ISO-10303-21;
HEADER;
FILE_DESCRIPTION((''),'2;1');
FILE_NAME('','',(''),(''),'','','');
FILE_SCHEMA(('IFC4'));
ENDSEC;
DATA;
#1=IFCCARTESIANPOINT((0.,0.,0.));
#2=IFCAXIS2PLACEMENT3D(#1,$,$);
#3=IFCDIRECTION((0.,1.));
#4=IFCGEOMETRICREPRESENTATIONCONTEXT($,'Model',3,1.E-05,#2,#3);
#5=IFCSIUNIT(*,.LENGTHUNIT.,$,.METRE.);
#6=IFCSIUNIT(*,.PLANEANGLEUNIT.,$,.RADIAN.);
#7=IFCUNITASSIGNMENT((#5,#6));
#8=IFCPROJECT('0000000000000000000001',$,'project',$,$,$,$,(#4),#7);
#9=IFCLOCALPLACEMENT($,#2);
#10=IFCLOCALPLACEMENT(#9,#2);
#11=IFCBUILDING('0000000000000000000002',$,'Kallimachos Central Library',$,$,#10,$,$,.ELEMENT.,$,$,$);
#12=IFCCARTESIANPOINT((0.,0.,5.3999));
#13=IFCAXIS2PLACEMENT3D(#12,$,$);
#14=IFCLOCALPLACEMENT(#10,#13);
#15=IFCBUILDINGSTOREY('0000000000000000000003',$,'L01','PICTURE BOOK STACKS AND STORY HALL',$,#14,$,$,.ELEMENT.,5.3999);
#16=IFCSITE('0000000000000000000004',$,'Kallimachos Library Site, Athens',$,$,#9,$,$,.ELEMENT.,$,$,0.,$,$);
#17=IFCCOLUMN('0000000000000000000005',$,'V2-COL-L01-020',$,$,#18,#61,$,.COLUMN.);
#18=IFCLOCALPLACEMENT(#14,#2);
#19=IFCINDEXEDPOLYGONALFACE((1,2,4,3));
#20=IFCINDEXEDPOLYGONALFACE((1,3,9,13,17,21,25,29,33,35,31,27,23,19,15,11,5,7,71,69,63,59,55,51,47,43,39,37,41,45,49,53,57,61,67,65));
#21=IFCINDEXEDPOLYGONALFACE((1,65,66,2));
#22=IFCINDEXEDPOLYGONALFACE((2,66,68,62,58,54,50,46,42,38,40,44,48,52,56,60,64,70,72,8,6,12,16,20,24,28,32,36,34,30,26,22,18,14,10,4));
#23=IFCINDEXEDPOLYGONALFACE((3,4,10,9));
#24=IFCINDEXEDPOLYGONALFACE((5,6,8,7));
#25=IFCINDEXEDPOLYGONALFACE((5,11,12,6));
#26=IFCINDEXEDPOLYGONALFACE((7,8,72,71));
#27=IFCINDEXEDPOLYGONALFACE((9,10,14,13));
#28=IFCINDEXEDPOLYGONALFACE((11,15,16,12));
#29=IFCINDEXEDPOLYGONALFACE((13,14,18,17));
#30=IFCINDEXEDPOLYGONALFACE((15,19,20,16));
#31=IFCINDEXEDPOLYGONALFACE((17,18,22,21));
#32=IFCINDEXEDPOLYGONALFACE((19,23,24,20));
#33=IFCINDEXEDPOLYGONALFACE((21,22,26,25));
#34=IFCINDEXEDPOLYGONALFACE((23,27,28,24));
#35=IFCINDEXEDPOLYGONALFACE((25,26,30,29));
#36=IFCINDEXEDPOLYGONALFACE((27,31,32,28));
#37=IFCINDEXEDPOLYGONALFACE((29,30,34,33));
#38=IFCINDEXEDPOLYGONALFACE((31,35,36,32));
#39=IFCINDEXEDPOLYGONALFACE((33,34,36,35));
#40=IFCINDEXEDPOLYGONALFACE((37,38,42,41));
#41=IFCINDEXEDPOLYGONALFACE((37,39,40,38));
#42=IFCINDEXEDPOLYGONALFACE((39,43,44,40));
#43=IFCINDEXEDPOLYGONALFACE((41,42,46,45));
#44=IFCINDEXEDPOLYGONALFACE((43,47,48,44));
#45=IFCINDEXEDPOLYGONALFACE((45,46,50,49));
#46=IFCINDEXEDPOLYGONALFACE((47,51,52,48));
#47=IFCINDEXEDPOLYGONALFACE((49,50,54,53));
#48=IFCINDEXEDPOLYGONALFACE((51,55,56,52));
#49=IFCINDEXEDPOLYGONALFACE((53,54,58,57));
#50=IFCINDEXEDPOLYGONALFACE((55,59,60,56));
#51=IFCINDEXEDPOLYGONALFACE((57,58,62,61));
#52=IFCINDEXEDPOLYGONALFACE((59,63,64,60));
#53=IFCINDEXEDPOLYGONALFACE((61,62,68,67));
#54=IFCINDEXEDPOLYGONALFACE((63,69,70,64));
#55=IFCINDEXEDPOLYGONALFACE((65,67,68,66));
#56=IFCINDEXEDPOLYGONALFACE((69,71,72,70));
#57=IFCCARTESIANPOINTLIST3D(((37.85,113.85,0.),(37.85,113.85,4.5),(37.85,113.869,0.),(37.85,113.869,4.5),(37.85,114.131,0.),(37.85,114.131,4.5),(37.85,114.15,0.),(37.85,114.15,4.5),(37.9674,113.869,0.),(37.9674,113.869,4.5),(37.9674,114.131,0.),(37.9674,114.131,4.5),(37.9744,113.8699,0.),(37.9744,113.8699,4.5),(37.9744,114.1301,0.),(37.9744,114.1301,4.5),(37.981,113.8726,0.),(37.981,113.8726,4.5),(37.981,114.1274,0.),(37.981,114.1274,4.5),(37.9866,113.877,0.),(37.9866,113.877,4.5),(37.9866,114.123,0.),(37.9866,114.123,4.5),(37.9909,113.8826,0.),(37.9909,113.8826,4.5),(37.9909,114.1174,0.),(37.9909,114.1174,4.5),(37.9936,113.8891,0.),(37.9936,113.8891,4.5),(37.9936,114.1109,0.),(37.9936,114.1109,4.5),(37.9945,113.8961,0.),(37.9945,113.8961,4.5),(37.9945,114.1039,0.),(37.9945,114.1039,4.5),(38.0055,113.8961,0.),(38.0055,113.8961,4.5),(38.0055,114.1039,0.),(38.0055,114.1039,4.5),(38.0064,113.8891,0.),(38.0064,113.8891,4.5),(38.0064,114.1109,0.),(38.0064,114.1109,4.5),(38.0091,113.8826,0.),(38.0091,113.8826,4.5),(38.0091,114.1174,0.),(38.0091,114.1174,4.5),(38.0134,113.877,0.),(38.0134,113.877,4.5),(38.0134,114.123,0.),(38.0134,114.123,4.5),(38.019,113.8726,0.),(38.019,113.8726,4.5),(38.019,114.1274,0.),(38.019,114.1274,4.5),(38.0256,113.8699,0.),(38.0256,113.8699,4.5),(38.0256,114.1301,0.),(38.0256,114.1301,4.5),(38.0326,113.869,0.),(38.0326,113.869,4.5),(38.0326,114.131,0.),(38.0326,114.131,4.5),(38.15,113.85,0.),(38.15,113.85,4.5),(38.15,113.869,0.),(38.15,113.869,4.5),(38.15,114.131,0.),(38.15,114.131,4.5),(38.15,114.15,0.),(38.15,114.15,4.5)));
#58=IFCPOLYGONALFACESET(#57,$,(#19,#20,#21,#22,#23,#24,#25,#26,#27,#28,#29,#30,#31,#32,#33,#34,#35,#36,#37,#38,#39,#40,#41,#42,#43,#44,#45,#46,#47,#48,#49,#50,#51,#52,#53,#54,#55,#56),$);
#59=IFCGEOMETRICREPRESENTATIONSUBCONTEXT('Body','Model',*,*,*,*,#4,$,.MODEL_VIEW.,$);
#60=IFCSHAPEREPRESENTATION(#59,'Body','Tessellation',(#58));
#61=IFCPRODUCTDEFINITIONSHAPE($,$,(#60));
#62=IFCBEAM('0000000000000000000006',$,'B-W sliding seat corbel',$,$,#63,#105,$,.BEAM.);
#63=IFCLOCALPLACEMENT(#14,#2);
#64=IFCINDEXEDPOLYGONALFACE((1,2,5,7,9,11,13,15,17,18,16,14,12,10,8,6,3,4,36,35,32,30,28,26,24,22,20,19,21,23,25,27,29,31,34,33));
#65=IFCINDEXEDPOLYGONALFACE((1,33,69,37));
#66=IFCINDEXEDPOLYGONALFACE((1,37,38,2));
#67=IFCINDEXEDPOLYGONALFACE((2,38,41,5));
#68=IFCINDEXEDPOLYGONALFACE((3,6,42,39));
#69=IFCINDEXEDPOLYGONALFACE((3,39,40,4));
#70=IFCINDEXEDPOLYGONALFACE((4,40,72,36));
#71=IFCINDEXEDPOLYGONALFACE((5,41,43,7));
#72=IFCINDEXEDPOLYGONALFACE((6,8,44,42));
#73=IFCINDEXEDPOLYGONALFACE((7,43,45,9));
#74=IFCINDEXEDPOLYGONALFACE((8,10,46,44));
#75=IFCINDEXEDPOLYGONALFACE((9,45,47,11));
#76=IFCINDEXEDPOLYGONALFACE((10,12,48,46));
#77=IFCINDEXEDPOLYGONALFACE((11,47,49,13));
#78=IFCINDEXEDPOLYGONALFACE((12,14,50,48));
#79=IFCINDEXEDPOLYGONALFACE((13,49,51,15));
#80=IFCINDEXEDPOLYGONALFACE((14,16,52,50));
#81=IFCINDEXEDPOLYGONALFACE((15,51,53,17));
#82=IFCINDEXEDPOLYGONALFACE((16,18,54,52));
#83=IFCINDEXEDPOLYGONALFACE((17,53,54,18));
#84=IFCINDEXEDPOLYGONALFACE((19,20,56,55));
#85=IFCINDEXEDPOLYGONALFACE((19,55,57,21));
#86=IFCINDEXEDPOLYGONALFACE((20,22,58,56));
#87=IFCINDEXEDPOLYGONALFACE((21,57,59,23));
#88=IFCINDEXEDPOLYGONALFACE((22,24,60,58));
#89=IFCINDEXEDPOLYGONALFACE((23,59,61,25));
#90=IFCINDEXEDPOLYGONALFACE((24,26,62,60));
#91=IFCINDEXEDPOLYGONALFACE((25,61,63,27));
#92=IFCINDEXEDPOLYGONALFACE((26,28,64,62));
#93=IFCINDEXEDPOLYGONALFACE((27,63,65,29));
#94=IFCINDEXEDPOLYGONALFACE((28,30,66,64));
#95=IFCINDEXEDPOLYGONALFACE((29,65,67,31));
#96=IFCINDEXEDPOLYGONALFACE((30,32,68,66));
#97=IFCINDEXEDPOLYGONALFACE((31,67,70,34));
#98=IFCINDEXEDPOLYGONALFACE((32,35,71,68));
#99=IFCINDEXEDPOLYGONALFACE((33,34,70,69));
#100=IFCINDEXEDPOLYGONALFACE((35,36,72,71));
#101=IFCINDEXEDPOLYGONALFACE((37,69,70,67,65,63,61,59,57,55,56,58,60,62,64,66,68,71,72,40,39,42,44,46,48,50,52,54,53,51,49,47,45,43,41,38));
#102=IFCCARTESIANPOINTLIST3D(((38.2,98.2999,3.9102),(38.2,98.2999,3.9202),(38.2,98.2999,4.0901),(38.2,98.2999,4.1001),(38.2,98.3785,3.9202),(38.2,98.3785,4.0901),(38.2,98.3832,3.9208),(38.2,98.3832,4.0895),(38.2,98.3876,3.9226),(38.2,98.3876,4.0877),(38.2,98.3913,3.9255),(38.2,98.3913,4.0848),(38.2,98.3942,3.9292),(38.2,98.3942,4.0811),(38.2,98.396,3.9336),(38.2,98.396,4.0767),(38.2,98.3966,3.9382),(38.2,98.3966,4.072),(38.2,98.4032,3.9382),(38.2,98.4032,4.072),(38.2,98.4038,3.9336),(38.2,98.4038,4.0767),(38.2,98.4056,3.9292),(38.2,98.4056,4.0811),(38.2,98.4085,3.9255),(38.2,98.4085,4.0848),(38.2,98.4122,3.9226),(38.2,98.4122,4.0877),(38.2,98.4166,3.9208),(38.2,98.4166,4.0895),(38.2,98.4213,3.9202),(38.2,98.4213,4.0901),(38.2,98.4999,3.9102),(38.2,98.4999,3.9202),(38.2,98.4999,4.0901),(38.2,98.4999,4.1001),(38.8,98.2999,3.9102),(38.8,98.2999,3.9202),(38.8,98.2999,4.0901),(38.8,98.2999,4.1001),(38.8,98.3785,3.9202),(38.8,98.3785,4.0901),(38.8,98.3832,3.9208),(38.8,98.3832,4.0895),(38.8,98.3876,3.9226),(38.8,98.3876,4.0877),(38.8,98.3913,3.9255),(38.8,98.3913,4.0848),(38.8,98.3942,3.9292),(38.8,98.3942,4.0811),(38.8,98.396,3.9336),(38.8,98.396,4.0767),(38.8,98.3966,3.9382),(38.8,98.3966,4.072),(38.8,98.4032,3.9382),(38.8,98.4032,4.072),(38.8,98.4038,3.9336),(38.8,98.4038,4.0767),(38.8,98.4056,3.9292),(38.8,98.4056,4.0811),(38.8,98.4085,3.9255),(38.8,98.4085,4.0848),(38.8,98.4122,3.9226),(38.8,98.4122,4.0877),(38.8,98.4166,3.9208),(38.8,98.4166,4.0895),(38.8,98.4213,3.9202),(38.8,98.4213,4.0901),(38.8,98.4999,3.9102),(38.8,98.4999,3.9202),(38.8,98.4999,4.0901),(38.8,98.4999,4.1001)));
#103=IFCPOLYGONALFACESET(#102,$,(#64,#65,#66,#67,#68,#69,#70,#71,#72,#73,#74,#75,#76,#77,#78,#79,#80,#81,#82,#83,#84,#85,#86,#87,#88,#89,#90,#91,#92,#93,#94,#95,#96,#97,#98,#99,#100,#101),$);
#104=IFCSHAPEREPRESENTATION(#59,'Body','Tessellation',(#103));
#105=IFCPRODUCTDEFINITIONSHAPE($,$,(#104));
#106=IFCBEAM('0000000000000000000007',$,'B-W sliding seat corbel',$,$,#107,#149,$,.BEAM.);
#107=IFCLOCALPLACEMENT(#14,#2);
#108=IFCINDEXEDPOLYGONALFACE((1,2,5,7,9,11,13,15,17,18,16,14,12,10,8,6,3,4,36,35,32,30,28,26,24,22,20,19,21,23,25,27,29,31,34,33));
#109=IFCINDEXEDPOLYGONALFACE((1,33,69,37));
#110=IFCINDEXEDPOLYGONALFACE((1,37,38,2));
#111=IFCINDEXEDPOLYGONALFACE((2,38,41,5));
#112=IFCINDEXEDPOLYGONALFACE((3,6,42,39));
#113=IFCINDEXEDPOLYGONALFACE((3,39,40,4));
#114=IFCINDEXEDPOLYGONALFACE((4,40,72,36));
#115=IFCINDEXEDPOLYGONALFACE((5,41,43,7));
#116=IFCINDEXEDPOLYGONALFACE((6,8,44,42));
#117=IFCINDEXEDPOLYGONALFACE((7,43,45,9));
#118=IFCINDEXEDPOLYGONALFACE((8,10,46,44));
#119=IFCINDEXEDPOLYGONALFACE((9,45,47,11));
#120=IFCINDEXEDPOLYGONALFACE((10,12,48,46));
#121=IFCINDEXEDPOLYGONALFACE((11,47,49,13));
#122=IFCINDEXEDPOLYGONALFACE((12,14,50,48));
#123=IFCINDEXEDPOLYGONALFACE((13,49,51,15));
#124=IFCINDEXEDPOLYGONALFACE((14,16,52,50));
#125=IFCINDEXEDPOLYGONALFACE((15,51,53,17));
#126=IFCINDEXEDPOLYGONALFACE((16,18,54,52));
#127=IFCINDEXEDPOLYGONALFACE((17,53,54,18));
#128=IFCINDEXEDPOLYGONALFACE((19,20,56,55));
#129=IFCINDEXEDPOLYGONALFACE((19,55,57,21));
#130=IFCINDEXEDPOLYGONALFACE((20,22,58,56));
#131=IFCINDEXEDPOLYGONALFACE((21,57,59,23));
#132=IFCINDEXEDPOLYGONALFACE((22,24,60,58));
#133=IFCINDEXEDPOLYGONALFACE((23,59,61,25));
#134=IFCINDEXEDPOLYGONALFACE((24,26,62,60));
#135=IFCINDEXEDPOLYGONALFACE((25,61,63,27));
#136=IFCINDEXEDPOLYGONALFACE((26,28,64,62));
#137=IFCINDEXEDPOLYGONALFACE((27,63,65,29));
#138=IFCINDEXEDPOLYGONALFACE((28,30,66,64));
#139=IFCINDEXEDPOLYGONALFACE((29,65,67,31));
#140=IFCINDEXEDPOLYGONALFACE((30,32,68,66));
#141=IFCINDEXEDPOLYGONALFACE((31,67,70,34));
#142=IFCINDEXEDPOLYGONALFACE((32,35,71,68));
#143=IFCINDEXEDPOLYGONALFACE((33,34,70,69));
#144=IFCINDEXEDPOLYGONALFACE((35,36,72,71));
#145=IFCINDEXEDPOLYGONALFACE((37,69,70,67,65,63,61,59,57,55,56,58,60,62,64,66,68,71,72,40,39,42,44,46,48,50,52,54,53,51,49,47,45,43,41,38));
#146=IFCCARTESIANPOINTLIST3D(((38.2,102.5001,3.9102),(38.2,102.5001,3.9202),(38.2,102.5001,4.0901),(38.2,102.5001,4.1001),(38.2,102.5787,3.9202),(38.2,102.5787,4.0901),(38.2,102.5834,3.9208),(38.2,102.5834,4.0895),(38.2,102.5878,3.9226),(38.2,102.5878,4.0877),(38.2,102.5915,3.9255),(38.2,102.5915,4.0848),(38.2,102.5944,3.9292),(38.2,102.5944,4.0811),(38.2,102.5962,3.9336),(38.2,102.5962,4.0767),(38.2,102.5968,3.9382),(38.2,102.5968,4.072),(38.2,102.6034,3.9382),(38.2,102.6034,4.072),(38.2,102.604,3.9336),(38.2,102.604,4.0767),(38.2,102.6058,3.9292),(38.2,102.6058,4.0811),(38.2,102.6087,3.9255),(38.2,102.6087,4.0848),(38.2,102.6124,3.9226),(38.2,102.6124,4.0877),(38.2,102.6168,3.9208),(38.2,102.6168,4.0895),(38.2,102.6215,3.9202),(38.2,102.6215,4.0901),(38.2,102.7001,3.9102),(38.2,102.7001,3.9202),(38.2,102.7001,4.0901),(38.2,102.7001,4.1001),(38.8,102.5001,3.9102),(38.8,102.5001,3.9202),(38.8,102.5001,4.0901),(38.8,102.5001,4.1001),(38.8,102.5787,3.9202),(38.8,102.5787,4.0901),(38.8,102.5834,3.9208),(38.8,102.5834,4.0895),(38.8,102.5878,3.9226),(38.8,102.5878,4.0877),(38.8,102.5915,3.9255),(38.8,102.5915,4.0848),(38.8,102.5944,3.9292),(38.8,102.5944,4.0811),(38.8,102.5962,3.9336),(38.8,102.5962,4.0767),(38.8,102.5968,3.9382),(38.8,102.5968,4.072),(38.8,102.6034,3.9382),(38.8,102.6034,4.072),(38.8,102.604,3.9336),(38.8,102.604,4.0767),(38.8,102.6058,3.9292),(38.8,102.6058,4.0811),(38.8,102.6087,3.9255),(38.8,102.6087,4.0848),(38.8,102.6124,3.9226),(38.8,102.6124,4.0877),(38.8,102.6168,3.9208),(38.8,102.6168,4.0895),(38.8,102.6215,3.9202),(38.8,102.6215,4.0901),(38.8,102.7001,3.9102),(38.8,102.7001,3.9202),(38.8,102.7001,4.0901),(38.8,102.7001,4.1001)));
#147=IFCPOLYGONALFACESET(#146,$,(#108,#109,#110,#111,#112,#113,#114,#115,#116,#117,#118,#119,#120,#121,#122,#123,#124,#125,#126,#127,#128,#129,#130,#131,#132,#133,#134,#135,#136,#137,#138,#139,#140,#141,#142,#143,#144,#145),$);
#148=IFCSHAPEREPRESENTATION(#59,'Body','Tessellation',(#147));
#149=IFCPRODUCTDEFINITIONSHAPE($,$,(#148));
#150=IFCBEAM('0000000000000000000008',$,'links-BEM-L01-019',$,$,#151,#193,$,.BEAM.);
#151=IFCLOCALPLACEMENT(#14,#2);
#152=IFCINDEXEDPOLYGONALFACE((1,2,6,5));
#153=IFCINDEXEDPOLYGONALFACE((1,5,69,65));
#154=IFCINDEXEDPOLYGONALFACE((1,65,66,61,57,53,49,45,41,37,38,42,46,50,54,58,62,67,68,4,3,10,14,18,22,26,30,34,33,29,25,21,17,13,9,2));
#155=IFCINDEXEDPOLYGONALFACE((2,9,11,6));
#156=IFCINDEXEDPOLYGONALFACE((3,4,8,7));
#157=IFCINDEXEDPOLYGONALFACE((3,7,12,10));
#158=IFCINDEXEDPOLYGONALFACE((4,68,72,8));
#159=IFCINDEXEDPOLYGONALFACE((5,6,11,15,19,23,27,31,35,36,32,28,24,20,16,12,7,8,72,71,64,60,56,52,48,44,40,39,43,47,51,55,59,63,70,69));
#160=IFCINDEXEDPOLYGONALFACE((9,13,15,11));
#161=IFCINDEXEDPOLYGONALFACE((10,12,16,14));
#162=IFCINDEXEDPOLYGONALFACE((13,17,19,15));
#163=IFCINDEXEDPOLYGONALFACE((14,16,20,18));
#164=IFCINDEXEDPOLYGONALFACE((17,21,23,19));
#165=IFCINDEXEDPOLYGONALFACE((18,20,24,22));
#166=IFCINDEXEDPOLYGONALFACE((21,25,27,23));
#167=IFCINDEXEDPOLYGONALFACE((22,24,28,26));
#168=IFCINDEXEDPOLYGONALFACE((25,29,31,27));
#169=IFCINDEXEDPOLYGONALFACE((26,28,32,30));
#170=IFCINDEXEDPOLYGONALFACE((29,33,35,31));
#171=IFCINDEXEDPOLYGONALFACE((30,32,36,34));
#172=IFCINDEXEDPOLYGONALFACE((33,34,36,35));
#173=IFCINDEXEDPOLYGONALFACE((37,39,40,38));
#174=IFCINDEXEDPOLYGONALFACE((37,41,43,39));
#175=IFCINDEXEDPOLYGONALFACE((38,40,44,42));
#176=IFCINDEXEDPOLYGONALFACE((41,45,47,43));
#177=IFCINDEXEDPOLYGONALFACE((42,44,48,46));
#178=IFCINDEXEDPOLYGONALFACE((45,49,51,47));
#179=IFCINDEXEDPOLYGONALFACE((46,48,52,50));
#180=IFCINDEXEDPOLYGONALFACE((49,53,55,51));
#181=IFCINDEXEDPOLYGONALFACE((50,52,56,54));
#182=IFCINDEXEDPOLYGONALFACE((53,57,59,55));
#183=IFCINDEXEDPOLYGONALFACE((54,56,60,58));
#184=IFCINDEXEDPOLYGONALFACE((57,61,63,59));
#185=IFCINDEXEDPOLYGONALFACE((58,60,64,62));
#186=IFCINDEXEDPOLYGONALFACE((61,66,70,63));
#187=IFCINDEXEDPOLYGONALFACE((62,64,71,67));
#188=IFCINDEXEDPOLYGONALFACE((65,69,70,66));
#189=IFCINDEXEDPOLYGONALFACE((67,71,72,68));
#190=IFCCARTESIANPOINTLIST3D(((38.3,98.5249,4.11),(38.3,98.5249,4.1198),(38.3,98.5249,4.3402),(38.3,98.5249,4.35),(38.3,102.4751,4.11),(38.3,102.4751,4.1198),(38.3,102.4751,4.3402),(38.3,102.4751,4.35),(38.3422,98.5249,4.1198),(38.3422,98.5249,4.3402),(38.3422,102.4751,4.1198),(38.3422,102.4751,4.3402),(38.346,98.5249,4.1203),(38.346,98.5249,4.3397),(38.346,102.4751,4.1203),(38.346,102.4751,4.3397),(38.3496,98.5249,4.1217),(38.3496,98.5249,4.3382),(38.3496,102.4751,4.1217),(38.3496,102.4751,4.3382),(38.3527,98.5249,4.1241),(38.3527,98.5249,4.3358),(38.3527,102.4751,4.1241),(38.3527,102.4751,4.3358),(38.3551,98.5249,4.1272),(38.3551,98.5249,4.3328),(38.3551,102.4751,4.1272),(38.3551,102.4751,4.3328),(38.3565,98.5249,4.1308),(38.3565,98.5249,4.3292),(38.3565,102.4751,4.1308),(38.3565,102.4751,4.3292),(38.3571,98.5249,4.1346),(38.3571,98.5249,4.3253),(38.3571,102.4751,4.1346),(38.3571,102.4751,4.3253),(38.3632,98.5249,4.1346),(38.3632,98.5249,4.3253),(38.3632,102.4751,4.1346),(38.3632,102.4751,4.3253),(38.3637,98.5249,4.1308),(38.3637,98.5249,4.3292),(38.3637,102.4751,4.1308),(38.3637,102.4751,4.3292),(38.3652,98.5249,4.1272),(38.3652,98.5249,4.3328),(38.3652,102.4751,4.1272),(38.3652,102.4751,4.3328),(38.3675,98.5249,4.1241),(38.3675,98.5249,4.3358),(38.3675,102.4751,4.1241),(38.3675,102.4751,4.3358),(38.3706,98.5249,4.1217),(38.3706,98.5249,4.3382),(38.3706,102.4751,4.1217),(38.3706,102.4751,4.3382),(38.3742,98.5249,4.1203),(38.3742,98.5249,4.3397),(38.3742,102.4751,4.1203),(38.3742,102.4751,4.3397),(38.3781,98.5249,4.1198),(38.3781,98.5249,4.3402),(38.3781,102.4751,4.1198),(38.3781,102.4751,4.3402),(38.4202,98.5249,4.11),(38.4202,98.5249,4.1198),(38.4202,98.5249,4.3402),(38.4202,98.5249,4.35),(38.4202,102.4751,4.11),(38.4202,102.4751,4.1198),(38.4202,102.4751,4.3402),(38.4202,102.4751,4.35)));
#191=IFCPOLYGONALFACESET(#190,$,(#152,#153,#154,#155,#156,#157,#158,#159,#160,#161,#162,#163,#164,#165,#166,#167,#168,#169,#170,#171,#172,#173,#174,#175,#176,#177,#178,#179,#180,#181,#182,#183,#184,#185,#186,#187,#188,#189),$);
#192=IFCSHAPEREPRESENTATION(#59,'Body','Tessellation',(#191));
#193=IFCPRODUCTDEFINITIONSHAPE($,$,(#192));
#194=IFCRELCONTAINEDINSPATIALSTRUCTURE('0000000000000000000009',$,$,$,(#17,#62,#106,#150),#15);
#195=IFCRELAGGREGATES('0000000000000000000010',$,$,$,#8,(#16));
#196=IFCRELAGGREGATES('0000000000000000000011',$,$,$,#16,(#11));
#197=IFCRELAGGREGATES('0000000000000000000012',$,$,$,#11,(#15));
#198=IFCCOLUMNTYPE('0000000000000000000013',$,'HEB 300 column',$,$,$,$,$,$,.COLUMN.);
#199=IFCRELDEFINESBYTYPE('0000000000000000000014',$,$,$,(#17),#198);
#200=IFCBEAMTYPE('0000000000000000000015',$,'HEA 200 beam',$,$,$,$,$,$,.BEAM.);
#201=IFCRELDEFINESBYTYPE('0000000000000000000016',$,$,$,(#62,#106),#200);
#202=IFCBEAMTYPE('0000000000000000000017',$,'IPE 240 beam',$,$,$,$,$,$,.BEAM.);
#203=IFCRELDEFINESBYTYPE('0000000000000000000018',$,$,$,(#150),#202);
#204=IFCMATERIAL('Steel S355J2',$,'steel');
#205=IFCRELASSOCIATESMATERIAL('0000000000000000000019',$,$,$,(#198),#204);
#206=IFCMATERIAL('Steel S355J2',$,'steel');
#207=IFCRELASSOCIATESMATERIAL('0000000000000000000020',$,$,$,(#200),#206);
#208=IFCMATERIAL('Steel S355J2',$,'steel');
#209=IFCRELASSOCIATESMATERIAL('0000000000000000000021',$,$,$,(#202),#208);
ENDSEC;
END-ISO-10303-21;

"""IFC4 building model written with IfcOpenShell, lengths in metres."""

from ifc_helpers import new_model, si_unit, direction, frame, origin, origin_2d, place, context, subcontext, project, spatial, i_section, extrude, material, material_profile, profile_set, type_object, element, save


model = new_model("IFC4")

# Units and contexts
model_context = context("Model", 3, precision=1e-05, world=origin(), true_north=direction((0.0, 1.0)))
body_context = subcontext(model_context, "Body", "Model", "MODEL_VIEW")
ifc_project = project(units=[si_unit("LENGTHUNIT", "METRE"), si_unit("PLANEANGLEUNIT", "RADIAN")], contexts=[model_context])

# Site, building, storey
site_placement = place(None, origin())
site = spatial("IfcSite", under=ifc_project, at=site_placement, Name="Kallimachos Library Site, Athens", CompositionType="ELEMENT", RefElevation=0.0)
building_placement = place(site_placement, origin())
building = spatial("IfcBuilding", under=site, at=building_placement, Name="Kallimachos Central Library", CompositionType="ELEMENT")
storey_placement = place(building_placement, frame((0.0, 0.0, 5.3999)))
storey = spatial("IfcBuildingStorey", under=building, at=storey_placement, Name="L01", Description="PICTURE BOOK STACKS AND STORY HALL", CompositionType="ELEMENT", Elevation=5.3999)

# Column
ifc_material_1 = material(Name="Steel S355J2", Category="steel")
ifc_material_profile_1 = material_profile(ifc_material_1, i_section(OverallWidth=0.3, OverallDepth=0.3, WebThickness=0.011, FlangeThickness=0.019, FilletRadius=0.0271, at=origin_2d()), Name="HEB 300")
ifc_profile_set_1 = profile_set([ifc_material_profile_1], Name="Steel S355J2")
column_type = type_object("IfcColumnType", Name="HEB 300 column", PredefinedType="COLUMN", material=ifc_profile_set_1)
column_placement = place(storey_placement, frame((38.0, 114.0, 0.0), z_axis=(0.0, 0.0, 1.0), x_axis=(1.0, 0.0, 0.0)))
element("IfcColumn", 1, at=column_placement, inside=storey, type_object=column_type, Name="V2-COL-L01-020", PredefinedType="COLUMN", context=body_context, shape_type="SweptSolid", body=[
    extrude(i_section(OverallWidth=0.3, OverallDepth=0.3, WebThickness=0.011, FlangeThickness=0.019, FilletRadius=0.0271, at=origin_2d()), origin(), (0.0, 0.0, 1.0), 4.5),
])

# Beams
ifc_material_2 = material(Name="Steel S355J2", Category="steel")
ifc_material_profile_2 = material_profile(ifc_material_2, i_section(OverallWidth=0.2, OverallDepth=0.1899, WebThickness=0.0066, FlangeThickness=0.01, FilletRadius=0.0181, at=origin_2d()), Name="HEA 200")
ifc_profile_set_2 = profile_set([ifc_material_profile_2], Name="Steel S355J2")
beam_type_1 = type_object("IfcBeamType", Name="HEA 200 beam", PredefinedType="BEAM", material=ifc_profile_set_2)
for number, where, z_axis, x_axis, name in (
    (2, (38.2, 98.3999, 4.0051), (1.0, 0.0, 0.0), (0.0, 1.0, 0.0), "B-W sliding seat corbel"),
    (3, (38.2, 102.6001, 4.0051), (1.0, 0.0, 0.0), (0.0, 1.0, 0.0), "B-W sliding seat corbel"),
):
    element("IfcBeam", number, at=place(storey_placement, frame(where, z_axis=z_axis, x_axis=x_axis)), inside=storey, type_object=beam_type_1, Name=name, PredefinedType="BEAM", context=body_context, shape_type="SweptSolid", body=[
        extrude(i_section(OverallWidth=0.2, OverallDepth=0.1899, WebThickness=0.0066, FlangeThickness=0.01, FilletRadius=0.0181, at=origin_2d()), origin(), (0.0, 0.0, 1.0), 0.6001),
    ])
ifc_material_3 = material(Name="Steel S355J2", Category="steel")
ifc_material_profile_3 = material_profile(ifc_material_3, i_section(OverallWidth=0.1201, OverallDepth=0.24, WebThickness=0.0061, FlangeThickness=0.0098, FilletRadius=0.0149, at=origin_2d()), Name="IPE 240")
ifc_profile_set_3 = profile_set([ifc_material_profile_3], Name="Steel S355J2")
beam_type_2 = type_object("IfcBeamType", Name="IPE 240 beam", PredefinedType="BEAM", material=ifc_profile_set_3)
for number, where, z_axis, x_axis, name in (
    (4, (38.3601, 98.5249, 4.23), (0.0, 1.0, 0.0), (-1.0, 0.0, 0.0), "links-BEM-L01-019"),
):
    element("IfcBeam", number, at=place(storey_placement, frame(where, z_axis=z_axis, x_axis=x_axis)), inside=storey, type_object=beam_type_2, Name=name, PredefinedType="BEAM", context=body_context, shape_type="SweptSolid", body=[
        extrude(i_section(OverallWidth=0.1201, OverallDepth=0.24, WebThickness=0.0061, FlangeThickness=0.0098, FilletRadius=0.0149, at=origin_2d()), origin(), (0.0, 0.0, 1.0), 3.9502),
    ])

save(model, "model.ifc")
